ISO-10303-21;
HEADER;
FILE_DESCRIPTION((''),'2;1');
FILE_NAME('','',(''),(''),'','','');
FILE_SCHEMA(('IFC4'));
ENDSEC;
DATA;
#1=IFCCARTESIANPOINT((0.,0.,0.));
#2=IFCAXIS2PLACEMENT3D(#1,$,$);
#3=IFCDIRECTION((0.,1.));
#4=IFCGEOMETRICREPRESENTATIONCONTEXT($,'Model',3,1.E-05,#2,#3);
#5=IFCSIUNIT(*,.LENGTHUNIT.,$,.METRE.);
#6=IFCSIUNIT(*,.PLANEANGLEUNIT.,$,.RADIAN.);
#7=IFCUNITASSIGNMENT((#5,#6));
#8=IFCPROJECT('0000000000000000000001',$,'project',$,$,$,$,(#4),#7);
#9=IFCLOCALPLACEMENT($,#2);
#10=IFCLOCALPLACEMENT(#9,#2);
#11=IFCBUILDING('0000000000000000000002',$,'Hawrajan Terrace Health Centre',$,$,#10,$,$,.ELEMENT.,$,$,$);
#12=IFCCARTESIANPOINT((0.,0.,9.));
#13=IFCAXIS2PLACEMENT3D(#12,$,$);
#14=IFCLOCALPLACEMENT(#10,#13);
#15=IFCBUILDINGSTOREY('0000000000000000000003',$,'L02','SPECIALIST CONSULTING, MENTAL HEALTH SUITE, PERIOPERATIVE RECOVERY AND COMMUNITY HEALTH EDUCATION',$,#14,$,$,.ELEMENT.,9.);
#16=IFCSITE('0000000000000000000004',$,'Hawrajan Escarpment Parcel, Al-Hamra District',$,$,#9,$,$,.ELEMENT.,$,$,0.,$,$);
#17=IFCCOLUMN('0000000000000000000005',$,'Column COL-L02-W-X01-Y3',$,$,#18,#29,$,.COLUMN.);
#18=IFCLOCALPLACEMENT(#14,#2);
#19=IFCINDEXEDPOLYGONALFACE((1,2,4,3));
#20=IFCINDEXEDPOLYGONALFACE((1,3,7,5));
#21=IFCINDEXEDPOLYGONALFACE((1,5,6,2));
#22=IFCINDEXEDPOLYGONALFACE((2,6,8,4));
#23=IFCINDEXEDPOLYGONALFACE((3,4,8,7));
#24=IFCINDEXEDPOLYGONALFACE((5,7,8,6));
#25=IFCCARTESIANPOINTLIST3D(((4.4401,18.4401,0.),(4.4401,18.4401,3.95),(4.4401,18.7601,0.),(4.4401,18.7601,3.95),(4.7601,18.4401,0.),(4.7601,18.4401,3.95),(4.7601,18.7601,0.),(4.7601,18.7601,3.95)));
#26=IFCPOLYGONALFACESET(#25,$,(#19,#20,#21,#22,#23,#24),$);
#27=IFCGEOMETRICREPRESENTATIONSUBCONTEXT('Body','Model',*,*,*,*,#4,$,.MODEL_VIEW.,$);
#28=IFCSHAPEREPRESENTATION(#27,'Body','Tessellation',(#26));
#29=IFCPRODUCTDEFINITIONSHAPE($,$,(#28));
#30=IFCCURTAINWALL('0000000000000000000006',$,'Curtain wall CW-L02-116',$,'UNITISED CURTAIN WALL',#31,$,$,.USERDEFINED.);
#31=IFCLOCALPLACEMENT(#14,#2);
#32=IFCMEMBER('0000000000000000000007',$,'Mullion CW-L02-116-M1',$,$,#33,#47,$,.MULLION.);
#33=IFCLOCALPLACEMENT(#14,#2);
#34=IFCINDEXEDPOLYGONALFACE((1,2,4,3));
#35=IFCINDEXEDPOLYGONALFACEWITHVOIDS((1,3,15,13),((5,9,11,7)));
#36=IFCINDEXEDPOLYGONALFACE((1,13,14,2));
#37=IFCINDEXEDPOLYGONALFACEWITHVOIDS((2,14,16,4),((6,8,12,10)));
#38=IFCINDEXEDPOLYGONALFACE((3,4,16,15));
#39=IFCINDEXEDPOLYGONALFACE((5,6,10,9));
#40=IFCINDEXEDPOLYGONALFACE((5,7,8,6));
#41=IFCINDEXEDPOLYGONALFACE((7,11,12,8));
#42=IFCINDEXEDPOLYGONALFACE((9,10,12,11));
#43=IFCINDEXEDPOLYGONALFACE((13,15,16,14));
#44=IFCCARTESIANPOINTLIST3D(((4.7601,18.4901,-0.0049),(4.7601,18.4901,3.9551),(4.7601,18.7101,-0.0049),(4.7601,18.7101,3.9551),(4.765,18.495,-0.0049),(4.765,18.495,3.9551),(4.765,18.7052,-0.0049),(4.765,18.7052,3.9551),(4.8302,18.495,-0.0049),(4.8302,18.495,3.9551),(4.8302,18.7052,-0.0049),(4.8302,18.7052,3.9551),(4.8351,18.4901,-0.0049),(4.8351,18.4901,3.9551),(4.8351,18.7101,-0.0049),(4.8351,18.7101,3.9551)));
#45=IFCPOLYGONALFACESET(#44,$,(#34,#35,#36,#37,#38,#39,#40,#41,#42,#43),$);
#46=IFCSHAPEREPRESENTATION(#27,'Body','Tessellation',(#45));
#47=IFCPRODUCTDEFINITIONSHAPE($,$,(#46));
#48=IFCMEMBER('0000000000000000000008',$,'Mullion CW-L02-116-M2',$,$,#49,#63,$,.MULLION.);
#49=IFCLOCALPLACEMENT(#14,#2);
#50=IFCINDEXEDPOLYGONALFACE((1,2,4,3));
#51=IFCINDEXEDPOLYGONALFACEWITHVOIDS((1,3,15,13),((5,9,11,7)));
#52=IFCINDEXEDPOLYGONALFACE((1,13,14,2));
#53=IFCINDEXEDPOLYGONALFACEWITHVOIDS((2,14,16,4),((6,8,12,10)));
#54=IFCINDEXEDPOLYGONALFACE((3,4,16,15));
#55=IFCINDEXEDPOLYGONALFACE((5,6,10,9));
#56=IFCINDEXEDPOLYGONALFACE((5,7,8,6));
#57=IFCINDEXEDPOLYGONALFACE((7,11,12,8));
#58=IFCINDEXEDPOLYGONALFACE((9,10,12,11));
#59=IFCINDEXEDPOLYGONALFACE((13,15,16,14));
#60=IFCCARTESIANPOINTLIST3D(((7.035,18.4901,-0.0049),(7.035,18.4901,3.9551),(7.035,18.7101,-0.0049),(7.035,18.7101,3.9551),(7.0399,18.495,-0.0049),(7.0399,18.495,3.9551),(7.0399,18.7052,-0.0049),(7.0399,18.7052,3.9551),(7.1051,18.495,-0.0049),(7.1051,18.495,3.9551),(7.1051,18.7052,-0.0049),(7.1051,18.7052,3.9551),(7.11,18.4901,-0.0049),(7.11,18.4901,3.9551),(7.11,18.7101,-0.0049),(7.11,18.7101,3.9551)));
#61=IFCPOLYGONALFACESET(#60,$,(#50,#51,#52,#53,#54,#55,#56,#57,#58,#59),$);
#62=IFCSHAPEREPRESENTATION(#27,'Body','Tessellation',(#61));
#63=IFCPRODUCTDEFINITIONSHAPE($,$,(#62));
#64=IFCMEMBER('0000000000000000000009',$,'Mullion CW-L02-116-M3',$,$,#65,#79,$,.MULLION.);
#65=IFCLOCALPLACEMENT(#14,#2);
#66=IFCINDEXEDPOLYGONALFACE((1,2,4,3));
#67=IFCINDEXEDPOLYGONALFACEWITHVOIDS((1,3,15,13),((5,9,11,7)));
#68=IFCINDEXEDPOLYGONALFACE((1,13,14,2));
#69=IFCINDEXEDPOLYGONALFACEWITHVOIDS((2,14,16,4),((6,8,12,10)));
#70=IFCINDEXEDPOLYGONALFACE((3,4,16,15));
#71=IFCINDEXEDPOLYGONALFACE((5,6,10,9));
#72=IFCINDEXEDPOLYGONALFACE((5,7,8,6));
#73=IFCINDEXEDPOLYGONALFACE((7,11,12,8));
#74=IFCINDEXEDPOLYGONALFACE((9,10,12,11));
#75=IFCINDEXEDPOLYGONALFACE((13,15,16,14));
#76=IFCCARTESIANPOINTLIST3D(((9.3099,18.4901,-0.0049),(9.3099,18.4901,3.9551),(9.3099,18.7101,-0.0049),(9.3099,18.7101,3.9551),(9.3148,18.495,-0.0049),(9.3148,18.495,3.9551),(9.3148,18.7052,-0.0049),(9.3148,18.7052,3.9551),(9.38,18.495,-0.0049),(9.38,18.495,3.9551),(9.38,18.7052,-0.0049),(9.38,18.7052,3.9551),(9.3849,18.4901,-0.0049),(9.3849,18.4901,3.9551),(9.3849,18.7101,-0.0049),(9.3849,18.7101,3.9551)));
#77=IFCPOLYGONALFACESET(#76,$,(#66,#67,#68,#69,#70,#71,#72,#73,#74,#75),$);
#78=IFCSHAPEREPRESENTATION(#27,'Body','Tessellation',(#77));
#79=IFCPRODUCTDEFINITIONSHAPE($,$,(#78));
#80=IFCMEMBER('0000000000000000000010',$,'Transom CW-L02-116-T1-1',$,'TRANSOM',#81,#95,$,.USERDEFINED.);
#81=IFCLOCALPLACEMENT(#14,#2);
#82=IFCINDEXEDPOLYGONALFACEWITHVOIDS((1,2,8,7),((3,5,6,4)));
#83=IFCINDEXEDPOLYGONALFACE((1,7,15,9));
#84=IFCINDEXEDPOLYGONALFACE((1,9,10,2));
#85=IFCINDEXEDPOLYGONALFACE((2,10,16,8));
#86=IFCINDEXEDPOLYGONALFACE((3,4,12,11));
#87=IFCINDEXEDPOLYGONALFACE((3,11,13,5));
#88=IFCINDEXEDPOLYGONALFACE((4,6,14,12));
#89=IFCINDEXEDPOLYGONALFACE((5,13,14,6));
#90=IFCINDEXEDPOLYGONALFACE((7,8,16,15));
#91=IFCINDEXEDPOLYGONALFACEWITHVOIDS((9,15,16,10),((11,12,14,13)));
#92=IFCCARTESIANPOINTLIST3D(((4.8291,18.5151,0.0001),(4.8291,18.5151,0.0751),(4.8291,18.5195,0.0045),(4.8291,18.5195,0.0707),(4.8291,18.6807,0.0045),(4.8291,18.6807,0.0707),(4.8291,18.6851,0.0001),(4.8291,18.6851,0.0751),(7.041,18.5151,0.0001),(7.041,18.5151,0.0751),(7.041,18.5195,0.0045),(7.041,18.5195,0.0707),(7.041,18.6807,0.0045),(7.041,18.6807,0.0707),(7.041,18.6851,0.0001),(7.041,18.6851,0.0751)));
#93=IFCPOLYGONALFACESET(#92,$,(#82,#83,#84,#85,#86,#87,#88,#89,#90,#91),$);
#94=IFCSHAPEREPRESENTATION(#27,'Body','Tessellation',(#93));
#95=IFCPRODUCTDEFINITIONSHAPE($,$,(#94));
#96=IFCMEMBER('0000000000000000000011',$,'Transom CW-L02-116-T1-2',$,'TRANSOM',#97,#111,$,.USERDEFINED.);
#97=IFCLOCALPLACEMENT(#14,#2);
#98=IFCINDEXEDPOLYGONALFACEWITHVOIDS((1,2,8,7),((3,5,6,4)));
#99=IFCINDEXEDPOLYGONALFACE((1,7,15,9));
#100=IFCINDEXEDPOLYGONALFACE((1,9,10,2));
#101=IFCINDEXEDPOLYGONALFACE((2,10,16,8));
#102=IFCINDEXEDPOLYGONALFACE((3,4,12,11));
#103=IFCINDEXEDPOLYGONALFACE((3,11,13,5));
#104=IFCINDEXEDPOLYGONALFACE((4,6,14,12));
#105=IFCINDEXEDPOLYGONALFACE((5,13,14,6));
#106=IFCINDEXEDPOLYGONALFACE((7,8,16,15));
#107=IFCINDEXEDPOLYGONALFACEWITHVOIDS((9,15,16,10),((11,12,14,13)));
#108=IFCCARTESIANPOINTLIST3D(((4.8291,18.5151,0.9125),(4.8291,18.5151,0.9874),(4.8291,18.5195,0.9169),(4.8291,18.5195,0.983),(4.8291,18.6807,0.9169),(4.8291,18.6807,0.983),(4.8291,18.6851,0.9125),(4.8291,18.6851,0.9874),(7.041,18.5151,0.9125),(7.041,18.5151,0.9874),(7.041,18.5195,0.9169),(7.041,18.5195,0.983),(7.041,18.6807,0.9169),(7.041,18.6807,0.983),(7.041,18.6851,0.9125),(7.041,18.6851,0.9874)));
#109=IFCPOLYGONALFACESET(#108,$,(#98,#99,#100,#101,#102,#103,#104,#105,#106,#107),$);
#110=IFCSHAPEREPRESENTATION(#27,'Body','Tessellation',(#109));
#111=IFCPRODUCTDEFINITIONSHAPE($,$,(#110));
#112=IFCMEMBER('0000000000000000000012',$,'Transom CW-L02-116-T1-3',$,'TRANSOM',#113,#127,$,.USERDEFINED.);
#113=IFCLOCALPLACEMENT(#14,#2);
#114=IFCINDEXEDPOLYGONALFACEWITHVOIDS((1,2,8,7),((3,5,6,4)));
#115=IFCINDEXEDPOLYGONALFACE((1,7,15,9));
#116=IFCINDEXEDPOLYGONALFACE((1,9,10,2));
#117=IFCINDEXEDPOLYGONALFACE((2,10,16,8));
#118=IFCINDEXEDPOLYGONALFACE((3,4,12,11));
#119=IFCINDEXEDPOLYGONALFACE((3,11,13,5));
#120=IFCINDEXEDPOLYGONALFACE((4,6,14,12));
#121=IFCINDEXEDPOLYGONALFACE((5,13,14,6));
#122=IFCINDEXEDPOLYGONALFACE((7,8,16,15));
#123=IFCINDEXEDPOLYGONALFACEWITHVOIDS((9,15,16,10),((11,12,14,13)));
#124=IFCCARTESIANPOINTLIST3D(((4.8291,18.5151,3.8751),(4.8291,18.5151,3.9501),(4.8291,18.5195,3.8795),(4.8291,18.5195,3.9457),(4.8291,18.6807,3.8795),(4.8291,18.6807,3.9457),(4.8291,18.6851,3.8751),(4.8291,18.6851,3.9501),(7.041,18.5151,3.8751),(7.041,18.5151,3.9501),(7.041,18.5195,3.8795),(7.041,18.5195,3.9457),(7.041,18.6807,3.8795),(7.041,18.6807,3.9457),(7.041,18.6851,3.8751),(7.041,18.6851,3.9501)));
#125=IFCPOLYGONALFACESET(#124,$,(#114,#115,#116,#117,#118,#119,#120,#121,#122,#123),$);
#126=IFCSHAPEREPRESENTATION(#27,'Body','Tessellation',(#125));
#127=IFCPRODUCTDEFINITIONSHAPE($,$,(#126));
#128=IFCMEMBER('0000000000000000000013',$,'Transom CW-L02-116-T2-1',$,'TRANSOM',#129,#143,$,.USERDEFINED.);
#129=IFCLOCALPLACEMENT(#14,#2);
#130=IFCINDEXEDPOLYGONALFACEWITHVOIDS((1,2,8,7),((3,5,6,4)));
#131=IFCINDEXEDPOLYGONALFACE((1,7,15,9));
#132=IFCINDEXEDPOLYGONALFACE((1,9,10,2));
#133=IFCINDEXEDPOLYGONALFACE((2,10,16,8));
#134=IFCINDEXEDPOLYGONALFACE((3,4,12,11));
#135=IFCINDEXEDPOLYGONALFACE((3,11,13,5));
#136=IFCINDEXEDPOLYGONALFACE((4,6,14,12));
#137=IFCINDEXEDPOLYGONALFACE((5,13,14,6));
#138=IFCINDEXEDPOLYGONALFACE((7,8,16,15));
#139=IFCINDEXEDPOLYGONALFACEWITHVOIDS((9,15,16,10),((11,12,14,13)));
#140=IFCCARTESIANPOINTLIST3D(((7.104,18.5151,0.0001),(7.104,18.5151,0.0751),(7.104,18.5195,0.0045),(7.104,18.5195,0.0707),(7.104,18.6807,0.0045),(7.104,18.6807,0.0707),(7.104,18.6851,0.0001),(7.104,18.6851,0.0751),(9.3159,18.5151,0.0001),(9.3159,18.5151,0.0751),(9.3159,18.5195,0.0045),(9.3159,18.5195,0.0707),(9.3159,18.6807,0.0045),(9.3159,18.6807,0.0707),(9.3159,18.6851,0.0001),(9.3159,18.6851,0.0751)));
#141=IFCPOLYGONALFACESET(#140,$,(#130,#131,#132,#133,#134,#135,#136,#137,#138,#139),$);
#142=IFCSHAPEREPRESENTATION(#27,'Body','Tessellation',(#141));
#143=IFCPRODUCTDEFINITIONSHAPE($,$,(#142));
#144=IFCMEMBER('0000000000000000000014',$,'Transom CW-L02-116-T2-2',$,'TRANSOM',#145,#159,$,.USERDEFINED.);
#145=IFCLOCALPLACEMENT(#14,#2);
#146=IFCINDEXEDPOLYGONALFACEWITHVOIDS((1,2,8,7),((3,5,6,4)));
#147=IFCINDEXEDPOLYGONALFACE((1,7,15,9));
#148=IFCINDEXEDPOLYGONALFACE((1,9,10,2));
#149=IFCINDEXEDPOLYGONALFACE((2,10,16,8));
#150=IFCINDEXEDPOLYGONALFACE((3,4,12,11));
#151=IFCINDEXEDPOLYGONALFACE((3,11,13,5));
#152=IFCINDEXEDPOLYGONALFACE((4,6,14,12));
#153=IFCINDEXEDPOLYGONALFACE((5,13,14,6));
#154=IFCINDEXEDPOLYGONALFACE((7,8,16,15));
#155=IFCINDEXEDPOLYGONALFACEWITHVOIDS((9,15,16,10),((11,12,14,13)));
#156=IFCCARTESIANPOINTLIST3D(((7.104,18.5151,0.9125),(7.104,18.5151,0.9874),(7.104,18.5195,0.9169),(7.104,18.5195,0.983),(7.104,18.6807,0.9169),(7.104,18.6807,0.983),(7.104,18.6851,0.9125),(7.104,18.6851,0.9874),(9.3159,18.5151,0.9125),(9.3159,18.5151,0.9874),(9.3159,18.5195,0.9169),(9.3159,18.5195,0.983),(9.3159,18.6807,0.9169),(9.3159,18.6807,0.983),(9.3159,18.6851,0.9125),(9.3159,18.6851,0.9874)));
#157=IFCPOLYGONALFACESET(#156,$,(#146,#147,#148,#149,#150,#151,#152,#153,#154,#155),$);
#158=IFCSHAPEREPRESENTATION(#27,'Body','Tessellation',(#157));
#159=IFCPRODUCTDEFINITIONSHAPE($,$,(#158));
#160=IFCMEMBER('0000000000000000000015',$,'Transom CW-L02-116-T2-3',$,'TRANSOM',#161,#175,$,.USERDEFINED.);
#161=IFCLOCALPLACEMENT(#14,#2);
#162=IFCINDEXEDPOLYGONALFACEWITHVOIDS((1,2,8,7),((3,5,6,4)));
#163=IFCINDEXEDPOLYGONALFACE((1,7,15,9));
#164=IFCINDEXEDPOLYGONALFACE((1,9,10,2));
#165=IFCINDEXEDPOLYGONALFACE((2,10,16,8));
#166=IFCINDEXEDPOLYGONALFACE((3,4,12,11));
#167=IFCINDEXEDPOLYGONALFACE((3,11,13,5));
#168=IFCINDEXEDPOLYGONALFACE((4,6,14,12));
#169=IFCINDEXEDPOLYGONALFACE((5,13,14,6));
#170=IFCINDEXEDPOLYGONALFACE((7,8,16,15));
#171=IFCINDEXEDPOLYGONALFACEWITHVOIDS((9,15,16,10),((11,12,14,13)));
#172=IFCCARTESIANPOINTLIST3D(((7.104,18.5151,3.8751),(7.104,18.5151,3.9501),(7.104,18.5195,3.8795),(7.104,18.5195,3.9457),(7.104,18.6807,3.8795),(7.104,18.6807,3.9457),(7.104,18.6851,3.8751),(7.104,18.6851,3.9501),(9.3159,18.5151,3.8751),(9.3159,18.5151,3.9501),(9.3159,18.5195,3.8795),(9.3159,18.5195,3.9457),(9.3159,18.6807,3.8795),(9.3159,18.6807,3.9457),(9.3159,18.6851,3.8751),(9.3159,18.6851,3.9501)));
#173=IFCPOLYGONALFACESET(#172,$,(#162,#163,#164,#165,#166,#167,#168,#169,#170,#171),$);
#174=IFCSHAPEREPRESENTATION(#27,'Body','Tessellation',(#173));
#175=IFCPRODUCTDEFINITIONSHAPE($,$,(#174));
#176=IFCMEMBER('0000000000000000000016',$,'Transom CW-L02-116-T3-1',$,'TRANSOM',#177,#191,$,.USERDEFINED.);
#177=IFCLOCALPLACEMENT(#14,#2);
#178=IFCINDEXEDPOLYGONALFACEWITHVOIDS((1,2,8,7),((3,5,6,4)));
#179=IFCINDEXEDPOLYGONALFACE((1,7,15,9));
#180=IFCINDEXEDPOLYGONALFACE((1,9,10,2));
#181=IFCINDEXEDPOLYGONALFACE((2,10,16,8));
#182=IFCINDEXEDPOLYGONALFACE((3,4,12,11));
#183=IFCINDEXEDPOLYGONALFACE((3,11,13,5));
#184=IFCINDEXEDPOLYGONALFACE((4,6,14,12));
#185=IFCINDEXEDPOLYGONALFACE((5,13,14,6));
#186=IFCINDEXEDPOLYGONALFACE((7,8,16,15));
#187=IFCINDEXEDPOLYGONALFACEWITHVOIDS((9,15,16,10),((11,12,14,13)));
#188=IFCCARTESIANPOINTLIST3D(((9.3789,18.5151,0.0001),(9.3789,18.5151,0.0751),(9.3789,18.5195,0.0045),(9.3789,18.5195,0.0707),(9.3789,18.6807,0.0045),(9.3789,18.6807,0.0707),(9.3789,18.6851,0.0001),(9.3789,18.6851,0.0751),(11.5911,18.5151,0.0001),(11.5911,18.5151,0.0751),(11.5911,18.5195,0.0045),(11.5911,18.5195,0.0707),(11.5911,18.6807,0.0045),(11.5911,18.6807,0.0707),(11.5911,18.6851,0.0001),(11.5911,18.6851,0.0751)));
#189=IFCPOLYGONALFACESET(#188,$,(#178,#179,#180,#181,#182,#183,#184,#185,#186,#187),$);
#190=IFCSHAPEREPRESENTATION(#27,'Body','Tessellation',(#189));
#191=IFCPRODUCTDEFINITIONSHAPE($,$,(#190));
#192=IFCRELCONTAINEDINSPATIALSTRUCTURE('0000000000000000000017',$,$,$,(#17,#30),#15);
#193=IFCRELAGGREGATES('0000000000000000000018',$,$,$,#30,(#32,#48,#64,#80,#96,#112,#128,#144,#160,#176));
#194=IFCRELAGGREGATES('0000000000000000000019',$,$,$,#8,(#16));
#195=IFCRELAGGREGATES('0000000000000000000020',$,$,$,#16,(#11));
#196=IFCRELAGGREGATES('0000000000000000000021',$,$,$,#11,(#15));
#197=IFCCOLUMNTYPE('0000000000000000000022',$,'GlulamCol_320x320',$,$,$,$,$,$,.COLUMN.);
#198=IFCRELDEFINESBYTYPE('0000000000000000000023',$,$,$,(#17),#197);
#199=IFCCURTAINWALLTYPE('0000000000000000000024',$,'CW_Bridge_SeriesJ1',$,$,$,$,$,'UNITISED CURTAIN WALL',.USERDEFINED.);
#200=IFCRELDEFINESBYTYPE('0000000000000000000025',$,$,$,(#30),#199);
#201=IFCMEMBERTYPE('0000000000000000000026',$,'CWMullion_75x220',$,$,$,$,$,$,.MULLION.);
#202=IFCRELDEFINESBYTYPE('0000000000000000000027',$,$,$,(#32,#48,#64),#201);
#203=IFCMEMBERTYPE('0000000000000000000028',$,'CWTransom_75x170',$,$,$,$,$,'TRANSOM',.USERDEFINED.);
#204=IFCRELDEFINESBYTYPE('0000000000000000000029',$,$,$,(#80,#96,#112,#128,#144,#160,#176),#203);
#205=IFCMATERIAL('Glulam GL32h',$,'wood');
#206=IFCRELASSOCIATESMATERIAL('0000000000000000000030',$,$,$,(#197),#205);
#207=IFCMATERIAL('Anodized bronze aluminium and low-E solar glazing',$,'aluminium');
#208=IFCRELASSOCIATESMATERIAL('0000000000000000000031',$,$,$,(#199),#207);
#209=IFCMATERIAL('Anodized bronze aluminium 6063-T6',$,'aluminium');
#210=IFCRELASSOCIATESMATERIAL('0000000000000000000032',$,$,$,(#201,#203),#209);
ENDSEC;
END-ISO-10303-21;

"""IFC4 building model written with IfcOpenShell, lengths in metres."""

from ifc_helpers import new_model, si_unit, direction, frame, origin, origin_2d, place, context, subcontext, project, spatial, rectangle, hollow_rectangle, extrude, material, material_profile, profile_set, type_object, element, aggregate, save


model = new_model("IFC4")

# Units and contexts
model_context = context("Model", 3, precision=1e-05, world=origin(), true_north=direction((0.0, 1.0)))
body_context = subcontext(model_context, "Body", "Model", "MODEL_VIEW")
ifc_project = project(units=[si_unit("LENGTHUNIT", "METRE"), si_unit("PLANEANGLEUNIT", "RADIAN")], contexts=[model_context])

# Site, building, storey
site_placement = place(None, origin())
site = spatial("IfcSite", under=ifc_project, at=site_placement, Name="Hawrajan Escarpment Parcel, Al-Hamra District", CompositionType="ELEMENT", RefElevation=0.0)
building_placement = place(site_placement, origin())
building = spatial("IfcBuilding", under=site, at=building_placement, Name="Hawrajan Terrace Health Centre", CompositionType="ELEMENT")
storey_placement = place(building_placement, frame((0.0, 0.0, 9.0)))
storey = spatial("IfcBuildingStorey", under=building, at=storey_placement, Name="L02", Description="SPECIALIST CONSULTING, MENTAL HEALTH SUITE, PERIOPERATIVE RECOVERY AND COMMUNITY HEALTH EDUCATION", CompositionType="ELEMENT", Elevation=9.0)

# Column
ifc_material_1 = material(Name="Glulam GL32h", Category="wood")
ifc_material_profile_1 = material_profile(ifc_material_1, rectangle(XDim=0.3201, YDim=0.3201, at=origin_2d()), Name="GL 320x320")
ifc_profile_set_1 = profile_set([ifc_material_profile_1], Name="Glulam GL32h")
column_type = type_object("IfcColumnType", Name="GlulamCol_320x320", PredefinedType="COLUMN", material=ifc_profile_set_1)
column_placement = place(storey_placement, frame((4.6001, 18.6001, 0.0), z_axis=(0.0, 0.0, 1.0), x_axis=(1.0, 0.0, 0.0)))
element("IfcColumn", 1, at=column_placement, inside=storey, type_object=column_type, Name="Column COL-L02-W-X01-Y3", PredefinedType="COLUMN", context=body_context, shape_type="SweptSolid", body=[
    extrude(rectangle(XDim=0.3201, YDim=0.3201, at=origin_2d()), origin(), (0.0, 0.0, 1.0), 3.95),
])

# Curtain wall, members
ifc_material_2 = material(Name="Anodized bronze aluminium and low-E solar glazing", Category="aluminium")
curtain_wall_type = type_object("IfcCurtainWallType", Name="CW_Bridge_SeriesJ1", ElementType="UNITISED CURTAIN WALL", PredefinedType="USERDEFINED", material=ifc_material_2)
curtain_wall_placement = place(storey_placement, origin())
curtain_wall = element("IfcCurtainWall", 2, at=curtain_wall_placement, inside=storey, type_object=curtain_wall_type, Name="Curtain wall CW-L02-116", ObjectType="UNITISED CURTAIN WALL", PredefinedType="USERDEFINED")
ifc_material_3 = material(Name="Anodized bronze aluminium 6063-T6", Category="aluminium")
ifc_material_profile_2 = material_profile(ifc_material_3, hollow_rectangle(XDim=0.075, YDim=0.22, WallThickness=0.0049, at=origin_2d()), Name="CW MUL 75x220")
ifc_profile_set_2 = profile_set([ifc_material_profile_2], Name="Anodized bronze aluminium 6063-T6")
member_type_1 = type_object("IfcMemberType", Name="CWMullion_75x220", PredefinedType="MULLION", material=ifc_profile_set_2)
member_1_placement = place(storey_placement, frame((4.7976, 18.6001, -0.0049), z_axis=(0.0, 0.0, 1.0), x_axis=(1.0, 0.0, 0.0)))
member_1 = element("IfcMember", 3, at=member_1_placement, type_object=member_type_1, Name="Mullion CW-L02-116-M1", PredefinedType="MULLION", context=body_context, shape_type="SweptSolid", body=[
    extrude(hollow_rectangle(XDim=0.075, YDim=0.22, WallThickness=0.0049, at=origin_2d()), origin(), (0.0, 0.0, 1.0), 3.96),
])
member_2_placement = place(storey_placement, frame((7.0725, 18.6001, -0.0049), z_axis=(0.0, 0.0, 1.0), x_axis=(1.0, 0.0, 0.0)))
member_2 = element("IfcMember", 4, at=member_2_placement, type_object=member_type_1, Name="Mullion CW-L02-116-M2", PredefinedType="MULLION", context=body_context, shape_type="SweptSolid", body=[
    extrude(hollow_rectangle(XDim=0.075, YDim=0.22, WallThickness=0.0049, at=origin_2d()), origin(), (0.0, 0.0, 1.0), 3.96),
])
member_3_placement = place(storey_placement, frame((9.3474, 18.6001, -0.0049), z_axis=(0.0, 0.0, 1.0), x_axis=(1.0, 0.0, 0.0)))
member_3 = element("IfcMember", 5, at=member_3_placement, type_object=member_type_1, Name="Mullion CW-L02-116-M3", PredefinedType="MULLION", context=body_context, shape_type="SweptSolid", body=[
    extrude(hollow_rectangle(XDim=0.075, YDim=0.22, WallThickness=0.0049, at=origin_2d()), origin(), (0.0, 0.0, 1.0), 3.96),
])
ifc_material_profile_3 = material_profile(ifc_material_3, hollow_rectangle(XDim=0.075, YDim=0.1699, WallThickness=0.0044, at=origin_2d()), Name="CW TRN 75x170")
ifc_profile_set_3 = profile_set([ifc_material_profile_3], Name="Anodized bronze aluminium 6063-T6")
member_type_2 = type_object("IfcMemberType", Name="CWTransom_75x170", ElementType="TRANSOM", PredefinedType="USERDEFINED", material=ifc_profile_set_3)
member_4_placement = place(storey_placement, frame((4.8291, 18.6001, 0.0376), z_axis=(1.0, 0.0, 0.0), x_axis=(0.0, 0.0, 1.0)))
member_4 = element("IfcMember", 6, at=member_4_placement, type_object=member_type_2, Name="Transom CW-L02-116-T1-1", ObjectType="TRANSOM", PredefinedType="USERDEFINED", context=body_context, shape_type="SweptSolid", body=[
    extrude(hollow_rectangle(XDim=0.075, YDim=0.1699, WallThickness=0.0044, at=origin_2d()), origin(), (0.0, 0.0, 1.0), 2.2119),
])
member_5_placement = place(storey_placement, frame((4.8291, 18.6001, 0.95), z_axis=(1.0, 0.0, 0.0), x_axis=(0.0, 0.0, 1.0)))
member_5 = element("IfcMember", 7, at=member_5_placement, type_object=member_type_2, Name="Transom CW-L02-116-T1-2", ObjectType="TRANSOM", PredefinedType="USERDEFINED", context=body_context, shape_type="SweptSolid", body=[
    extrude(hollow_rectangle(XDim=0.075, YDim=0.1699, WallThickness=0.0044, at=origin_2d()), origin(), (0.0, 0.0, 1.0), 2.2119),
])
member_6_placement = place(storey_placement, frame((4.8291, 18.6001, 3.9126), z_axis=(1.0, 0.0, 0.0), x_axis=(0.0, 0.0, 1.0)))
member_6 = element("IfcMember", 8, at=member_6_placement, type_object=member_type_2, Name="Transom CW-L02-116-T1-3", ObjectType="TRANSOM", PredefinedType="USERDEFINED", context=body_context, shape_type="SweptSolid", body=[
    extrude(hollow_rectangle(XDim=0.075, YDim=0.1699, WallThickness=0.0044, at=origin_2d()), origin(), (0.0, 0.0, 1.0), 2.2119),
])
member_7_placement = place(storey_placement, frame((7.104, 18.6001, 0.0376), z_axis=(1.0, 0.0, 0.0), x_axis=(0.0, 0.0, 1.0)))
member_7 = element("IfcMember", 9, at=member_7_placement, type_object=member_type_2, Name="Transom CW-L02-116-T2-1", ObjectType="TRANSOM", PredefinedType="USERDEFINED", context=body_context, shape_type="SweptSolid", body=[
    extrude(hollow_rectangle(XDim=0.075, YDim=0.1699, WallThickness=0.0044, at=origin_2d()), origin(), (0.0, 0.0, 1.0), 2.2119),
])
member_8_placement = place(storey_placement, frame((7.104, 18.6001, 0.95), z_axis=(1.0, 0.0, 0.0), x_axis=(0.0, 0.0, 1.0)))
member_8 = element("IfcMember", 10, at=member_8_placement, type_object=member_type_2, Name="Transom CW-L02-116-T2-2", ObjectType="TRANSOM", PredefinedType="USERDEFINED", context=body_context, shape_type="SweptSolid", body=[
    extrude(hollow_rectangle(XDim=0.075, YDim=0.1699, WallThickness=0.0044, at=origin_2d()), origin(), (0.0, 0.0, 1.0), 2.2119),
])
member_9_placement = place(storey_placement, frame((7.104, 18.6001, 3.9126), z_axis=(1.0, 0.0, 0.0), x_axis=(0.0, 0.0, 1.0)))
member_9 = element("IfcMember", 11, at=member_9_placement, type_object=member_type_2, Name="Transom CW-L02-116-T2-3", ObjectType="TRANSOM", PredefinedType="USERDEFINED", context=body_context, shape_type="SweptSolid", body=[
    extrude(hollow_rectangle(XDim=0.075, YDim=0.1699, WallThickness=0.0044, at=origin_2d()), origin(), (0.0, 0.0, 1.0), 2.2119),
])
member_10_placement = place(storey_placement, frame((9.3789, 18.6001, 0.0376), z_axis=(1.0, 0.0, 0.0), x_axis=(0.0, 0.0, 1.0)))
member_10 = element("IfcMember", 12, at=member_10_placement, type_object=member_type_2, Name="Transom CW-L02-116-T3-1", ObjectType="TRANSOM", PredefinedType="USERDEFINED", context=body_context, shape_type="SweptSolid", body=[
    extrude(hollow_rectangle(XDim=0.075, YDim=0.1699, WallThickness=0.0044, at=origin_2d()), origin(), (0.0, 0.0, 1.0), 2.2122),
])

aggregate(curtain_wall, [member_1, member_2, member_3, member_4, member_5, member_6, member_7, member_8, member_9, member_10])

save(model, "model.ifc")
